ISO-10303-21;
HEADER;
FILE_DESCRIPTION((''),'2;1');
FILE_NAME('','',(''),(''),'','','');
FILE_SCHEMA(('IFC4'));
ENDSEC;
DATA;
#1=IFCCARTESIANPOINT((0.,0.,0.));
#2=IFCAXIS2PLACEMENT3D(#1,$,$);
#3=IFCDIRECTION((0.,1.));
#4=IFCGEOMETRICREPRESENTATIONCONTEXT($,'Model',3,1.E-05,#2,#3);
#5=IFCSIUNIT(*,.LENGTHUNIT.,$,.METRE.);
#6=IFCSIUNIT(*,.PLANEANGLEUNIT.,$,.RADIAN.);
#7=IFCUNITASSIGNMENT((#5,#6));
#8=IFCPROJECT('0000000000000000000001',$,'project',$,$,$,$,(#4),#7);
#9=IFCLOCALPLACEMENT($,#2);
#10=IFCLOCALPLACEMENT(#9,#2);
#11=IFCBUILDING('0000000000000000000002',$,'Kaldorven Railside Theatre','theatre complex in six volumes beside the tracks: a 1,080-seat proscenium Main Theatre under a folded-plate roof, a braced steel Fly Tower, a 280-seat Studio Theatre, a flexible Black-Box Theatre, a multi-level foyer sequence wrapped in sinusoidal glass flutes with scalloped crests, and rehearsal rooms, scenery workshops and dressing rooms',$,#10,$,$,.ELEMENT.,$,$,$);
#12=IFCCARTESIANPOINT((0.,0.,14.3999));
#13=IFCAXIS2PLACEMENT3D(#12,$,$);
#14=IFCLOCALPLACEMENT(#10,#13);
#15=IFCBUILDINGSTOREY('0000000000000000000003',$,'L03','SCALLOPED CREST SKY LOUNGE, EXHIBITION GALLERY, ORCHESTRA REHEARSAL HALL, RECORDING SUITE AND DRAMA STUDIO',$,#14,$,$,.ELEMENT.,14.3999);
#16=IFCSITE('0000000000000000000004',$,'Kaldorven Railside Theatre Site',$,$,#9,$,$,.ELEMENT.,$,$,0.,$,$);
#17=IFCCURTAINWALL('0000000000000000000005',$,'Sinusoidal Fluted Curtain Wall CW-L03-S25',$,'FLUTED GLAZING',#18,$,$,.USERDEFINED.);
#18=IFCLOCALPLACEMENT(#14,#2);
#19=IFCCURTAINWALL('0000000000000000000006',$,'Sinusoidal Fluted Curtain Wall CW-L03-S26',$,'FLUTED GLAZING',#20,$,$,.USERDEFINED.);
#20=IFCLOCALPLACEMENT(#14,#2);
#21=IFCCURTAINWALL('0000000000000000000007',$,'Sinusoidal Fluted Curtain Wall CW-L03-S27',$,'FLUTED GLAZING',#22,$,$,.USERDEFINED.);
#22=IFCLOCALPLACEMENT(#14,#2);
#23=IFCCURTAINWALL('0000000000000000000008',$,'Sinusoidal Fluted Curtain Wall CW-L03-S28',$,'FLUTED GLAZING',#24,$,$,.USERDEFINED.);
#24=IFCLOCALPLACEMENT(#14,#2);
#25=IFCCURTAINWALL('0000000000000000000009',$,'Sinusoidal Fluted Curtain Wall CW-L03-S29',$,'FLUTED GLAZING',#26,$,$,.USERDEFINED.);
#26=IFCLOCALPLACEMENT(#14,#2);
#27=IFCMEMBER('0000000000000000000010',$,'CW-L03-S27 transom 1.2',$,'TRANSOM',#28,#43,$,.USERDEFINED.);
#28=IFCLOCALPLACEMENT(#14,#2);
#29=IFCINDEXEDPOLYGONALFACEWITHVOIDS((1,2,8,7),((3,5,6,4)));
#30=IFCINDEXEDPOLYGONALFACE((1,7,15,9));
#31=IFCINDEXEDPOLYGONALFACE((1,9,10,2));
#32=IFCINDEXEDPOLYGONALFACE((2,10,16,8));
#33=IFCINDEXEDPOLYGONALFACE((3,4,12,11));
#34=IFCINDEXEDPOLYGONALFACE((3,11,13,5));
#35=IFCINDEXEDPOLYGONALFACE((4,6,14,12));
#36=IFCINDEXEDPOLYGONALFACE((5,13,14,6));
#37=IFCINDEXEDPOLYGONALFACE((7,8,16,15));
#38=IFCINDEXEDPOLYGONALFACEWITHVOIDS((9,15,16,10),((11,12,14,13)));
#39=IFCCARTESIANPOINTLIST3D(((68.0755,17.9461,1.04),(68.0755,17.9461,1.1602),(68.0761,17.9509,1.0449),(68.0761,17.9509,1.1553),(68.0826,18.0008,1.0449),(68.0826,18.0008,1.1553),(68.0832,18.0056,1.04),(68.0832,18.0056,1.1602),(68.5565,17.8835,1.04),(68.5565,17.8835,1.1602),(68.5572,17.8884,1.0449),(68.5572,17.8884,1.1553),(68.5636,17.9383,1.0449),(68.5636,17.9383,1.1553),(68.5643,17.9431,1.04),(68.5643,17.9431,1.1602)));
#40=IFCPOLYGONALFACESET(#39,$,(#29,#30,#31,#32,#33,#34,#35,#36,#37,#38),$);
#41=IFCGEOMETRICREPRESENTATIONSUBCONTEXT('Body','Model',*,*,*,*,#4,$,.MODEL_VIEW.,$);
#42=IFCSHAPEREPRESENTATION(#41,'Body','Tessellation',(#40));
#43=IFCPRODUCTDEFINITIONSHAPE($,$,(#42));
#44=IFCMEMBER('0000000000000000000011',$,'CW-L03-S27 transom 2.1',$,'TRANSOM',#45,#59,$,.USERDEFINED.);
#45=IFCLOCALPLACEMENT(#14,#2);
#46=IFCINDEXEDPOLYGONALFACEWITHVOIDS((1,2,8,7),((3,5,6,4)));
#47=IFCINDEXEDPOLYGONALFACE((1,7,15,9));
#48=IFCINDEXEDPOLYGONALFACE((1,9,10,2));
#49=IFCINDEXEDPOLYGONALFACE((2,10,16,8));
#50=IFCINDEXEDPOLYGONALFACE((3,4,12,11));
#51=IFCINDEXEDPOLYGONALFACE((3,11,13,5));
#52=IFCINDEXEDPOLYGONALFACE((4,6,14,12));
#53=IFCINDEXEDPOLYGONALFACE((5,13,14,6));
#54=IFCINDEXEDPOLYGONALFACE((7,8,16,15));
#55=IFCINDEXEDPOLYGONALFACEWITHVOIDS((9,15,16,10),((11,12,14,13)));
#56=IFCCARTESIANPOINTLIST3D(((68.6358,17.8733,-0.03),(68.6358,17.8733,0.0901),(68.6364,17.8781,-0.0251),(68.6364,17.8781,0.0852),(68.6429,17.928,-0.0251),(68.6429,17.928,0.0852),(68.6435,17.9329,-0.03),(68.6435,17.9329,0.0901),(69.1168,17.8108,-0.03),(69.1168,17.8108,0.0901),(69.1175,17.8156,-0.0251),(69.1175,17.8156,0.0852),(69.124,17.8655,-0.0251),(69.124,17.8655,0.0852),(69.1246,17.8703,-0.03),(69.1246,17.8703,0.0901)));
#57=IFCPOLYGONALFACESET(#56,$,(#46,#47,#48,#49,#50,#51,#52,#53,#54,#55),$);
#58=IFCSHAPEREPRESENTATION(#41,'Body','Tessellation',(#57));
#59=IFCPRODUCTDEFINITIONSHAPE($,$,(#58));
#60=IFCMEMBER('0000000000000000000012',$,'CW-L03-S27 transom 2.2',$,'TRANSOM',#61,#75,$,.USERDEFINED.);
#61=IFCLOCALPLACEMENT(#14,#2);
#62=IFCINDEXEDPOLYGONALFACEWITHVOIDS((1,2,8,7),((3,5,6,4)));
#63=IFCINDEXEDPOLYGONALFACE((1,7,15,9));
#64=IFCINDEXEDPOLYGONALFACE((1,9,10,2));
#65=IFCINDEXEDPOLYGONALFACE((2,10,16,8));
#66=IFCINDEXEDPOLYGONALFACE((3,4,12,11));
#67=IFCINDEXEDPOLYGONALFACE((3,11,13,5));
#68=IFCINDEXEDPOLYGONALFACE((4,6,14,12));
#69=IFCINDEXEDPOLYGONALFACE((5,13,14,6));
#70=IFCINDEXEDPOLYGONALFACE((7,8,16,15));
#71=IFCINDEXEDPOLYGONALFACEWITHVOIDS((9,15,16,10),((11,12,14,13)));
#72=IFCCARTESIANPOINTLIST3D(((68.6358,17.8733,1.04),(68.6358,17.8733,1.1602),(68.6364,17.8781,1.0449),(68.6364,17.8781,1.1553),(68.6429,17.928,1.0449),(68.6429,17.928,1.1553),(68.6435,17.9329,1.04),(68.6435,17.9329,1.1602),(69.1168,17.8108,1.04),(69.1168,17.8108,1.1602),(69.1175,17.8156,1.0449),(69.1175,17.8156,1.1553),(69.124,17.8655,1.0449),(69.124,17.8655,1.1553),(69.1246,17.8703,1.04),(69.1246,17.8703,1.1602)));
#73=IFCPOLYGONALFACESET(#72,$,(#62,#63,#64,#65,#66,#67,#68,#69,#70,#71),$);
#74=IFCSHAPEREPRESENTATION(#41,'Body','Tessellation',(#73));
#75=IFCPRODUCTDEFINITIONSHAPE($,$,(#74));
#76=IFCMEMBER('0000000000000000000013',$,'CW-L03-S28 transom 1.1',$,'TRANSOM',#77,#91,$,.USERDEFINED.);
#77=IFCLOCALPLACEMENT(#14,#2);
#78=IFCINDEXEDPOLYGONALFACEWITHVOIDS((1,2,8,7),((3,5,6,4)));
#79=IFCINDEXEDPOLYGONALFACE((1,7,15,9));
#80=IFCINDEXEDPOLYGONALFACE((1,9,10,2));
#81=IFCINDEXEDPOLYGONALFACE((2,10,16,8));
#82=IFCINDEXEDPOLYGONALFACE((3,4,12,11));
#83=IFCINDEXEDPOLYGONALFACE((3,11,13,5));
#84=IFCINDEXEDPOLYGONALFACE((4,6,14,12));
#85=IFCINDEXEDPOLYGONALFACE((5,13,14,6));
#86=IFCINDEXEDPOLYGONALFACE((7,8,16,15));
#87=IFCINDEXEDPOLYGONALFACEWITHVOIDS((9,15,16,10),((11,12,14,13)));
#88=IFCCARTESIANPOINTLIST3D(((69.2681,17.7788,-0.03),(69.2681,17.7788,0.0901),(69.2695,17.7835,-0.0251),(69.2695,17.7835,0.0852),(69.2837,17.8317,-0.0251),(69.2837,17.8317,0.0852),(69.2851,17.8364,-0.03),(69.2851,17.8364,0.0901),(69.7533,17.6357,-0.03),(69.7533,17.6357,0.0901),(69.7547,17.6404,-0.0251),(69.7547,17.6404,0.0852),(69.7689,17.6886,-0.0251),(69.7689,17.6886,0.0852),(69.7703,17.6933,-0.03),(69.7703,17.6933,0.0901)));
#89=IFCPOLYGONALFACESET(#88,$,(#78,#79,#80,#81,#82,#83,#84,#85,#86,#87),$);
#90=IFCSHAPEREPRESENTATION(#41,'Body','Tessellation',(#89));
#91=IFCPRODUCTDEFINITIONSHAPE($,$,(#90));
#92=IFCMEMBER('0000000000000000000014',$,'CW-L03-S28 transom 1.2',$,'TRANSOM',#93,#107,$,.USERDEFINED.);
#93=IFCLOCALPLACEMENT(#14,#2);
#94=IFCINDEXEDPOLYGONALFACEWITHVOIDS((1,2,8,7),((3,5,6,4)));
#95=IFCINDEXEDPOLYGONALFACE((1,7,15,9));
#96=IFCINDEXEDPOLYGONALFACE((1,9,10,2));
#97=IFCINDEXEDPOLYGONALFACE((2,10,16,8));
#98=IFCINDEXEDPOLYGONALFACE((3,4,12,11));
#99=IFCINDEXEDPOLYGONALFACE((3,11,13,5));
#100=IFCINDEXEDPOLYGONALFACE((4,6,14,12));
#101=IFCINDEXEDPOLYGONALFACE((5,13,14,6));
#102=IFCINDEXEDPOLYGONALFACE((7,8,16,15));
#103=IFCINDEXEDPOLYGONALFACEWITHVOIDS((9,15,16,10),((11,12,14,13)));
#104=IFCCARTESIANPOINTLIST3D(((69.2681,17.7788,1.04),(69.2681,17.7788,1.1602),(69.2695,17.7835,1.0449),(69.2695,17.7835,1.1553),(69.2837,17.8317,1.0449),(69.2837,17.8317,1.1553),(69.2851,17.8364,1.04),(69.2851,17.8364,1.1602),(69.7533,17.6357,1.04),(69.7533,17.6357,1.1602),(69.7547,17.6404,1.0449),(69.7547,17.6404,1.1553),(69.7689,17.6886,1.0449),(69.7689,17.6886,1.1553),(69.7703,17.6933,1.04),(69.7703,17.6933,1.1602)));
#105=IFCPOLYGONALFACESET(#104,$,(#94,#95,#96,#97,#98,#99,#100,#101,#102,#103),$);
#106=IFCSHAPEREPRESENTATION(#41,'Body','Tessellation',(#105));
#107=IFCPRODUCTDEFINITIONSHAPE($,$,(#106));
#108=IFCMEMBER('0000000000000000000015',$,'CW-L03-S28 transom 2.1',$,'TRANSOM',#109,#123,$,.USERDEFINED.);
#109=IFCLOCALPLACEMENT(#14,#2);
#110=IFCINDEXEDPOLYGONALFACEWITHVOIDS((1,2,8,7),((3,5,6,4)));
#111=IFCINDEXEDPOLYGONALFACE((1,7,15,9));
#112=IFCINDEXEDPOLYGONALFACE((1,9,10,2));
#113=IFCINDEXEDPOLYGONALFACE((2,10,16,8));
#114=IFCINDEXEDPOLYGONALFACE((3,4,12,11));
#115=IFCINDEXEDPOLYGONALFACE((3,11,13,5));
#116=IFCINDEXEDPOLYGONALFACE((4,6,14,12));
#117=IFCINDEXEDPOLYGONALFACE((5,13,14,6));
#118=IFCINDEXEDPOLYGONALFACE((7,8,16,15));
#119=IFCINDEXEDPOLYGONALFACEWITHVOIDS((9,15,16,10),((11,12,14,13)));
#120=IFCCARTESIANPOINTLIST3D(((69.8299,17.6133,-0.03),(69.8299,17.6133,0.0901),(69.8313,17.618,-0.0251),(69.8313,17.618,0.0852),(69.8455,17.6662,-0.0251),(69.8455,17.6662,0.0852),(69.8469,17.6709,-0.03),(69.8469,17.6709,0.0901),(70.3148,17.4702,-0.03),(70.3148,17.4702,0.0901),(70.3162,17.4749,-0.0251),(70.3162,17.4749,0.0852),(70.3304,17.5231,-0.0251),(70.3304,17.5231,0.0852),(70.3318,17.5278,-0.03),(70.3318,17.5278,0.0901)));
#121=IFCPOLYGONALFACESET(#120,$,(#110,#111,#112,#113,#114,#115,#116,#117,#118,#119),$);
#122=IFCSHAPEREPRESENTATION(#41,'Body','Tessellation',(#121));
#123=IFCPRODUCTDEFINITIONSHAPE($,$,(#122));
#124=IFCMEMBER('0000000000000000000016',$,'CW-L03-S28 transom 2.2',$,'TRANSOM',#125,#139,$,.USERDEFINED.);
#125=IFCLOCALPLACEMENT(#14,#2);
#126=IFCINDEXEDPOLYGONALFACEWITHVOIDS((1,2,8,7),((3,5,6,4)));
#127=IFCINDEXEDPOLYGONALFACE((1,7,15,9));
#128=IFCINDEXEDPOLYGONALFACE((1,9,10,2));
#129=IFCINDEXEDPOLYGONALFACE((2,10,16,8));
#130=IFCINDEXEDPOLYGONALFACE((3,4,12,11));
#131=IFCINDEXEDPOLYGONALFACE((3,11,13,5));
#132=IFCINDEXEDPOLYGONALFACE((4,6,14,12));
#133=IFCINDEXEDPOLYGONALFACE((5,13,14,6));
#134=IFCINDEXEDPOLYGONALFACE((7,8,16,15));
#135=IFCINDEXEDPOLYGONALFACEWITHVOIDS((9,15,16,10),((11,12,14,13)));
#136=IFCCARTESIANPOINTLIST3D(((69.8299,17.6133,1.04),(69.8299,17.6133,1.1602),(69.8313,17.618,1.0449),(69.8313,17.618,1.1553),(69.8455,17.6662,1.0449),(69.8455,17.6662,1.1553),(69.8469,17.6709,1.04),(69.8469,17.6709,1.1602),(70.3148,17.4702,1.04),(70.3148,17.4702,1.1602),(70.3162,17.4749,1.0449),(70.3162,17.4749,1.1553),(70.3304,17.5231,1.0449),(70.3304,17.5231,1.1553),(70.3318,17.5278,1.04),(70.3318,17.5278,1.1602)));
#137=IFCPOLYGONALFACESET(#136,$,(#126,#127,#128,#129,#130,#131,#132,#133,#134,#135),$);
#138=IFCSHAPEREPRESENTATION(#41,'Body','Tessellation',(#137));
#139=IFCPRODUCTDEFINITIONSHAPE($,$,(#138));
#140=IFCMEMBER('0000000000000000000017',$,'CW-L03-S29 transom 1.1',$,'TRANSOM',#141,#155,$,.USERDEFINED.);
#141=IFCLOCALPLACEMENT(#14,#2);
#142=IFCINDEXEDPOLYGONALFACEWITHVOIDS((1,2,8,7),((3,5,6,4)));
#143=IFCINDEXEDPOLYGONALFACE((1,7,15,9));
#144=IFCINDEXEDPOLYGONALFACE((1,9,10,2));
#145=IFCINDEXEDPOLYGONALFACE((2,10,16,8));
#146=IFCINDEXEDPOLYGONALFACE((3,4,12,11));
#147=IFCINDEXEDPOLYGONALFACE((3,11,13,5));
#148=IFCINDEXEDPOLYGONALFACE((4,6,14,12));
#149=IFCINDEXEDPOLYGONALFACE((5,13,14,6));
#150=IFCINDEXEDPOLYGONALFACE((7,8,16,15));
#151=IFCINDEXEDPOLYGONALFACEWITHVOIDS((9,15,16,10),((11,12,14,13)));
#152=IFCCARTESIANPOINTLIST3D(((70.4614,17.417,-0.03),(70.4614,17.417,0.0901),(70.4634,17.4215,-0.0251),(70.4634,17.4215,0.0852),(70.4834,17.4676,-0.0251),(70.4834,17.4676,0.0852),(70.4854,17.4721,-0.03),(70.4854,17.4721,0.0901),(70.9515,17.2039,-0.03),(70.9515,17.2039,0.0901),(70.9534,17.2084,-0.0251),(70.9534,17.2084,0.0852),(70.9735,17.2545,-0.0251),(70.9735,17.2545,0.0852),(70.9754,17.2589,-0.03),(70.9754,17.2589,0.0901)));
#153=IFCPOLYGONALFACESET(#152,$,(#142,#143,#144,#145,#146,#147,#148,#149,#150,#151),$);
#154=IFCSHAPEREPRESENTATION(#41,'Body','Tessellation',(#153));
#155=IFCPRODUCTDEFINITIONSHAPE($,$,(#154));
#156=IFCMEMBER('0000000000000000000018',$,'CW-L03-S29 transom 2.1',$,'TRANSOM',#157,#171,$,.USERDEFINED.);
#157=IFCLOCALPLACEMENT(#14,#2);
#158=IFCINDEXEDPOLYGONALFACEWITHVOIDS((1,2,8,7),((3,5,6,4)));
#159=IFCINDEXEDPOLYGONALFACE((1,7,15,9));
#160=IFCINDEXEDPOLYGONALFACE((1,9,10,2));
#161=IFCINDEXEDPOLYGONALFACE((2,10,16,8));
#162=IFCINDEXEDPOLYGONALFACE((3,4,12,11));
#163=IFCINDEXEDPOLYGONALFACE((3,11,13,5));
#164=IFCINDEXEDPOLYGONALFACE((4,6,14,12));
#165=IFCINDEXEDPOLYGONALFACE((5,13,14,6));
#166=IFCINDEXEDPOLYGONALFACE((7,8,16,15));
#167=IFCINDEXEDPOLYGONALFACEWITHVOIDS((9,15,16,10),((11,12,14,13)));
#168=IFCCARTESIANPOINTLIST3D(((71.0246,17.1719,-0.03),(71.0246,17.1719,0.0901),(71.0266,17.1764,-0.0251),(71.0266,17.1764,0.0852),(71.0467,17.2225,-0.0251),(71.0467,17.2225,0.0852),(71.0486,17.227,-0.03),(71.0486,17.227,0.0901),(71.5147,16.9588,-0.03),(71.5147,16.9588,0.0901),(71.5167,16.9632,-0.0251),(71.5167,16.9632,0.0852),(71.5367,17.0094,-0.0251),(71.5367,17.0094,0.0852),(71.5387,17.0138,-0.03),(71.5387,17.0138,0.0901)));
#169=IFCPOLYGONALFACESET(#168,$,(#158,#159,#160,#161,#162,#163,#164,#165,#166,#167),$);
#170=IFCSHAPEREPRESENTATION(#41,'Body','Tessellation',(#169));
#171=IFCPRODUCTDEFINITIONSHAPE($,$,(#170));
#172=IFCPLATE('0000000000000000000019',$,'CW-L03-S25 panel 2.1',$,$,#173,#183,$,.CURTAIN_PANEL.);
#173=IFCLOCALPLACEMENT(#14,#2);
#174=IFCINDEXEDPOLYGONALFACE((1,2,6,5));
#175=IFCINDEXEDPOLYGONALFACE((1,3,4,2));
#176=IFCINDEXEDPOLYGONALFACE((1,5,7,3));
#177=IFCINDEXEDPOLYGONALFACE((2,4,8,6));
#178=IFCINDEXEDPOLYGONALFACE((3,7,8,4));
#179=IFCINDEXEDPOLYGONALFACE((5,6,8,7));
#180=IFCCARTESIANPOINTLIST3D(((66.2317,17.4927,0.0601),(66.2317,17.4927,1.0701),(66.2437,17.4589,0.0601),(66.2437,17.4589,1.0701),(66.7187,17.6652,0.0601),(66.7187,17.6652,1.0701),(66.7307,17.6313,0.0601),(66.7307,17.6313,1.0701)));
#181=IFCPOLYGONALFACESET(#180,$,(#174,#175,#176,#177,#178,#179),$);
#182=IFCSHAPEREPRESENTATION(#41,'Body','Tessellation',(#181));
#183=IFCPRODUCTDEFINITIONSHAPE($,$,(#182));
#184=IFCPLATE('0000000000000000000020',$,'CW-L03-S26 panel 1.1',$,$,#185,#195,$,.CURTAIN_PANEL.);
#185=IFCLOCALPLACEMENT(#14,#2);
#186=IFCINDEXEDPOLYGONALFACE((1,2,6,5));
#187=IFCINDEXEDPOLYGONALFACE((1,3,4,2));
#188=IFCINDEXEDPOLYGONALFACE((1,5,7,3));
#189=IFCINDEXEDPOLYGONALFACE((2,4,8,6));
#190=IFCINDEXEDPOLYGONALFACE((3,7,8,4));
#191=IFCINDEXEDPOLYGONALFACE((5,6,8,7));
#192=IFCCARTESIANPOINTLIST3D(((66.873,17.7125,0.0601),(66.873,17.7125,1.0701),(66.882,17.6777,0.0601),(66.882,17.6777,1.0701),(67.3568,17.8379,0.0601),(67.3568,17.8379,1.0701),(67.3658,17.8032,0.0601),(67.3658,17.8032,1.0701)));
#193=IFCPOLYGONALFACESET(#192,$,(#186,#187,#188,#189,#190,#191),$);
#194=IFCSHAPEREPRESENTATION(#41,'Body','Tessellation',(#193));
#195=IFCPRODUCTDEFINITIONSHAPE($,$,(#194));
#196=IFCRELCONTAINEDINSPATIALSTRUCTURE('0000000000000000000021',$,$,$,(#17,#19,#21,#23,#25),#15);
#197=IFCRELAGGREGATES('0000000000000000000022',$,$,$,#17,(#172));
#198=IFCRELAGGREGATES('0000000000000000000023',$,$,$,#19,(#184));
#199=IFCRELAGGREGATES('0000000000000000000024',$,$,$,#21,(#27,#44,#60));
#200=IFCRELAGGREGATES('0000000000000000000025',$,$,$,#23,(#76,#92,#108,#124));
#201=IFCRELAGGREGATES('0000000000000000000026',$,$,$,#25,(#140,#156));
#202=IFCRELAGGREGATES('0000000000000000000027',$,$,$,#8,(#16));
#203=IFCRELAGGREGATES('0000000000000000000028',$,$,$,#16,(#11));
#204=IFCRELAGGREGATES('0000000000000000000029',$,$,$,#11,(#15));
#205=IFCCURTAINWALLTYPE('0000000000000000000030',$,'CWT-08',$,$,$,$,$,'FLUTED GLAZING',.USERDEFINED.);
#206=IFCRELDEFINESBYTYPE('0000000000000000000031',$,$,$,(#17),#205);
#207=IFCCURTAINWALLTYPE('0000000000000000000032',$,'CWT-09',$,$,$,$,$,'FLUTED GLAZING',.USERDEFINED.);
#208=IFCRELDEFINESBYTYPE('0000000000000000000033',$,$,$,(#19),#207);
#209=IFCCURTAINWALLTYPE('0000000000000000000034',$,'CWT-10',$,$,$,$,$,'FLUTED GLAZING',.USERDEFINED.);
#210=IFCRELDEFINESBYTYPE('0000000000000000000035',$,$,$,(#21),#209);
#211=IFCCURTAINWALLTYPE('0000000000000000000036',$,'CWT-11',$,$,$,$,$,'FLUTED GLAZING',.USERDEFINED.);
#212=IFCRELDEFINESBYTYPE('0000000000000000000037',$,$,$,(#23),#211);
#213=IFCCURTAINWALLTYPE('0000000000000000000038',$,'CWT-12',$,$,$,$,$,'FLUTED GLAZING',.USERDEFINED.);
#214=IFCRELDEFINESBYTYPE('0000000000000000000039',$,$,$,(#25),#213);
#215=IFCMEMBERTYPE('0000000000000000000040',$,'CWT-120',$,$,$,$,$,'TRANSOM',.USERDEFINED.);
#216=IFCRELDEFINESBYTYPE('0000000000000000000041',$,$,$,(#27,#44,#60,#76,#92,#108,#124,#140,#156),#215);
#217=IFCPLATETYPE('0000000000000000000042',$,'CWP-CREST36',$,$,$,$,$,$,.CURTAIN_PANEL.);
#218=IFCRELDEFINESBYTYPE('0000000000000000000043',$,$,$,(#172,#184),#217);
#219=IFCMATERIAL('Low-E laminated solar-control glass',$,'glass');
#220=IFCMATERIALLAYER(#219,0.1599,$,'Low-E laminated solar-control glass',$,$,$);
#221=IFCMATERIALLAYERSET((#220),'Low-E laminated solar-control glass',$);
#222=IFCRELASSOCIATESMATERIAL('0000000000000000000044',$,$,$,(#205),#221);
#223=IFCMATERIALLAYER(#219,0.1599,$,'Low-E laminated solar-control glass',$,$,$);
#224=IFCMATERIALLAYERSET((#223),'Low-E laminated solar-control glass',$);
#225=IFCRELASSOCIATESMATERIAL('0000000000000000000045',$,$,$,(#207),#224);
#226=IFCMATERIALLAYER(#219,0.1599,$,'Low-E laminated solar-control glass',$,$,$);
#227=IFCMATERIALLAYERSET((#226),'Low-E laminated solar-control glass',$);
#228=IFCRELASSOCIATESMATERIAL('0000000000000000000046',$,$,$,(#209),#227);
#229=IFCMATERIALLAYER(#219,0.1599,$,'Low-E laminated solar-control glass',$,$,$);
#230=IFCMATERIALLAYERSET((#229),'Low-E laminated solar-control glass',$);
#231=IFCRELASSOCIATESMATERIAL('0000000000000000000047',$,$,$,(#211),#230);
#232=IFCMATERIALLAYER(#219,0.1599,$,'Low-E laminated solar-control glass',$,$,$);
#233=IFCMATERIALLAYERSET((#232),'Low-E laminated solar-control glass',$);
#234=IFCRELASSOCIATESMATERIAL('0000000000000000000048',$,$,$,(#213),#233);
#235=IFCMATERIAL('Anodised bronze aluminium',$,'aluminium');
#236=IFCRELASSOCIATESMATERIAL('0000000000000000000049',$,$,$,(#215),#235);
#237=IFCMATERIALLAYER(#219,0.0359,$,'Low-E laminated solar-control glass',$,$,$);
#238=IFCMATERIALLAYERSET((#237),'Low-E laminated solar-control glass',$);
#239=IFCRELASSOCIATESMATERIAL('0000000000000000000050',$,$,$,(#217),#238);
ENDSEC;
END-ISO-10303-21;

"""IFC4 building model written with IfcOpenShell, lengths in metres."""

from ifc_helpers import new_model, si_unit, direction, frame, origin, origin_2d, place, context, subcontext, project, spatial, rectangle, hollow_rectangle, extrude, material, layer, layer_set, material_profile, profile_set, type_object, element, aggregate, save


model = new_model("IFC4")

# Units and contexts
model_context = context("Model", 3, precision=1e-05, world=origin(), true_north=direction((0.0, 1.0)))
body_context = subcontext(model_context, "Body", "Model", "MODEL_VIEW")
ifc_project = project(units=[si_unit("LENGTHUNIT", "METRE"), si_unit("PLANEANGLEUNIT", "RADIAN")], contexts=[model_context])

# Site, building, storey
site_placement = place(None, origin())
site = spatial("IfcSite", under=ifc_project, at=site_placement, Name="Kaldorven Railside Theatre Site", CompositionType="ELEMENT", RefElevation=0.0)
building_placement = place(site_placement, origin())
building = spatial("IfcBuilding", under=site, at=building_placement, Name="Kaldorven Railside Theatre", Description="theatre complex in six volumes beside the tracks: a 1,080-seat proscenium Main Theatre under a folded-plate roof, a braced steel Fly Tower, a 280-seat Studio Theatre, a flexible Black-Box Theatre, a multi-level foyer sequence wrapped in sinusoidal glass flutes with scalloped crests, and rehearsal rooms, scenery workshops and dressing rooms", CompositionType="ELEMENT")
storey_placement = place(building_placement, frame((0.0, 0.0, 14.3999)))
storey = spatial("IfcBuildingStorey", under=building, at=storey_placement, Name="L03", Description="SCALLOPED CREST SKY LOUNGE, EXHIBITION GALLERY, ORCHESTRA REHEARSAL HALL, RECORDING SUITE AND DRAMA STUDIO", CompositionType="ELEMENT", Elevation=14.3999)

# Curtain walls
ifc_material_1 = material(Name="Low-E laminated solar-control glass", Category="glass")
ifc_layer_1 = layer(ifc_material_1, 0.1599, Name="Low-E laminated solar-control glass")
ifc_layer_set_1 = layer_set([ifc_layer_1], Name="Low-E laminated solar-control glass")
curtain_wall_type_1 = type_object("IfcCurtainWallType", Name="CWT-08", ElementType="FLUTED GLAZING", PredefinedType="USERDEFINED", material=ifc_layer_set_1)
curtain_wall_1_placement = place(storey_placement, origin())
curtain_wall_1 = element("IfcCurtainWall", 1, at=curtain_wall_1_placement, inside=storey, type_object=curtain_wall_type_1, Name="Sinusoidal Fluted Curtain Wall CW-L03-S25", ObjectType="FLUTED GLAZING", PredefinedType="USERDEFINED")
ifc_material_2 = material(Name="Anodised bronze aluminium", Category="aluminium")
ifc_layer_2 = layer(ifc_material_1, 0.1599, Name="Low-E laminated solar-control glass")
ifc_layer_set_2 = layer_set([ifc_layer_2], Name="Low-E laminated solar-control glass")
curtain_wall_type_2 = type_object("IfcCurtainWallType", Name="CWT-09", ElementType="FLUTED GLAZING", PredefinedType="USERDEFINED", material=ifc_layer_set_2)
curtain_wall_2_placement = place(storey_placement, origin())
curtain_wall_2 = element("IfcCurtainWall", 2, at=curtain_wall_2_placement, inside=storey, type_object=curtain_wall_type_2, Name="Sinusoidal Fluted Curtain Wall CW-L03-S26", ObjectType="FLUTED GLAZING", PredefinedType="USERDEFINED")
ifc_layer_3 = layer(ifc_material_1, 0.1599, Name="Low-E laminated solar-control glass")
ifc_layer_set_3 = layer_set([ifc_layer_3], Name="Low-E laminated solar-control glass")
curtain_wall_type_3 = type_object("IfcCurtainWallType", Name="CWT-10", ElementType="FLUTED GLAZING", PredefinedType="USERDEFINED", material=ifc_layer_set_3)
curtain_wall_3_placement = place(storey_placement, origin())
curtain_wall_3 = element("IfcCurtainWall", 3, at=curtain_wall_3_placement, inside=storey, type_object=curtain_wall_type_3, Name="Sinusoidal Fluted Curtain Wall CW-L03-S27", ObjectType="FLUTED GLAZING", PredefinedType="USERDEFINED")
ifc_layer_4 = layer(ifc_material_1, 0.1599, Name="Low-E laminated solar-control glass")
ifc_layer_set_4 = layer_set([ifc_layer_4], Name="Low-E laminated solar-control glass")
curtain_wall_type_4 = type_object("IfcCurtainWallType", Name="CWT-11", ElementType="FLUTED GLAZING", PredefinedType="USERDEFINED", material=ifc_layer_set_4)
curtain_wall_4_placement = place(storey_placement, origin())
curtain_wall_4 = element("IfcCurtainWall", 4, at=curtain_wall_4_placement, inside=storey, type_object=curtain_wall_type_4, Name="Sinusoidal Fluted Curtain Wall CW-L03-S28", ObjectType="FLUTED GLAZING", PredefinedType="USERDEFINED")
ifc_layer_5 = layer(ifc_material_1, 0.1599, Name="Low-E laminated solar-control glass")
ifc_layer_set_5 = layer_set([ifc_layer_5], Name="Low-E laminated solar-control glass")
curtain_wall_type_5 = type_object("IfcCurtainWallType", Name="CWT-12", ElementType="FLUTED GLAZING", PredefinedType="USERDEFINED", material=ifc_layer_set_5)
curtain_wall_5_placement = place(storey_placement, origin())
curtain_wall_5 = element("IfcCurtainWall", 5, at=curtain_wall_5_placement, inside=storey, type_object=curtain_wall_type_5, Name="Sinusoidal Fluted Curtain Wall CW-L03-S29", ObjectType="FLUTED GLAZING", PredefinedType="USERDEFINED")

# Members
ifc_material_profile_1 = material_profile(ifc_material_2, hollow_rectangle(XDim=0.0601, YDim=0.1201, WallThickness=0.0049, at=origin_2d()), Name="RHS 120x60x5")
ifc_profile_set_1 = profile_set([ifc_material_profile_1], Name="Anodised bronze aluminium")
member_type_1 = type_object("IfcMemberType", Name="CWT-120", ElementType="TRANSOM", PredefinedType="USERDEFINED", material=ifc_profile_set_1)
member_1_placement = place(storey_placement, frame((68.0793, 17.9758, 1.1001), z_axis=(0.991662, -0.128866, 0.0), x_axis=(0.128866, 0.991662, 0.0)))
member_1 = element("IfcMember", 6, at=member_1_placement, type_object=member_type_1, Name="CW-L03-S27 transom 1.2", ObjectType="TRANSOM", PredefinedType="USERDEFINED", context=body_context, shape_type="SweptSolid", body=[
    extrude(hollow_rectangle(XDim=0.0601, YDim=0.1201, WallThickness=0.0049, at=origin_2d()), origin(), (0.0, 0.0, 1.0), 0.4851),
])
member_2_placement = place(storey_placement, frame((68.6396, 17.9031, 0.03), z_axis=(0.991662, -0.128866, 0.0), x_axis=(0.128866, 0.991662, 0.0)))
member_2 = element("IfcMember", 7, at=member_2_placement, type_object=member_type_1, Name="CW-L03-S27 transom 2.1", ObjectType="TRANSOM", PredefinedType="USERDEFINED", context=body_context, shape_type="SweptSolid", body=[
    extrude(hollow_rectangle(XDim=0.0601, YDim=0.1201, WallThickness=0.0049, at=origin_2d()), origin(), (0.0, 0.0, 1.0), 0.4851),
])
member_3_placement = place(storey_placement, frame((68.6396, 17.9031, 1.1001), z_axis=(0.991662, -0.128866, 0.0), x_axis=(0.128866, 0.991662, 0.0)))
member_3 = element("IfcMember", 8, at=member_3_placement, type_object=member_type_1, Name="CW-L03-S27 transom 2.2", ObjectType="TRANSOM", PredefinedType="USERDEFINED", context=body_context, shape_type="SweptSolid", body=[
    extrude(hollow_rectangle(XDim=0.0601, YDim=0.1201, WallThickness=0.0049, at=origin_2d()), origin(), (0.0, 0.0, 1.0), 0.4851),
])
member_4_placement = place(storey_placement, frame((69.2766, 17.8076, 0.03), z_axis=(0.959158, -0.282872, 0.0), x_axis=(0.282872, 0.959158, 0.0)))
member_4 = element("IfcMember", 9, at=member_4_placement, type_object=member_type_1, Name="CW-L03-S28 transom 1.1", ObjectType="TRANSOM", PredefinedType="USERDEFINED", context=body_context, shape_type="SweptSolid", body=[
    extrude(hollow_rectangle(XDim=0.0601, YDim=0.1201, WallThickness=0.0049, at=origin_2d()), origin(), (0.0, 0.0, 1.0), 0.5059),
])
member_5_placement = place(storey_placement, frame((69.2766, 17.8076, 1.1001), z_axis=(0.959158, -0.282872, 0.0), x_axis=(0.282872, 0.959158, 0.0)))
member_5 = element("IfcMember", 10, at=member_5_placement, type_object=member_type_1, Name="CW-L03-S28 transom 1.2", ObjectType="TRANSOM", PredefinedType="USERDEFINED", context=body_context, shape_type="SweptSolid", body=[
    extrude(hollow_rectangle(XDim=0.0601, YDim=0.1201, WallThickness=0.0049, at=origin_2d()), origin(), (0.0, 0.0, 1.0), 0.5059),
])
member_6_placement = place(storey_placement, frame((69.8384, 17.6421, 0.03), z_axis=(0.959119, -0.283003, 0.0), x_axis=(0.283003, 0.959119, 0.0)))
member_6 = element("IfcMember", 11, at=member_6_placement, type_object=member_type_1, Name="CW-L03-S28 transom 2.1", ObjectType="TRANSOM", PredefinedType="USERDEFINED", context=body_context, shape_type="SweptSolid", body=[
    extrude(hollow_rectangle(XDim=0.0601, YDim=0.1201, WallThickness=0.0049, at=origin_2d()), origin(), (0.0, 0.0, 1.0), 0.5056),
])
member_7_placement = place(storey_placement, frame((69.8384, 17.6421, 1.1001), z_axis=(0.959119, -0.283003, 0.0), x_axis=(0.283003, 0.959119, 0.0)))
member_7 = element("IfcMember", 12, at=member_7_placement, type_object=member_type_1, Name="CW-L03-S28 transom 2.2", ObjectType="TRANSOM", PredefinedType="USERDEFINED", context=body_context, shape_type="SweptSolid", body=[
    extrude(hollow_rectangle(XDim=0.0601, YDim=0.1201, WallThickness=0.0049, at=origin_2d()), origin(), (0.0, 0.0, 1.0), 0.5056),
])
member_8_placement = place(storey_placement, frame((70.4734, 17.4446, 0.03), z_axis=(0.917005, -0.398876, 0.0), x_axis=(0.398876, 0.917005, 0.0)))
member_8 = element("IfcMember", 13, at=member_8_placement, type_object=member_type_1, Name="CW-L03-S29 transom 1.1", ObjectType="TRANSOM", PredefinedType="USERDEFINED", context=body_context, shape_type="SweptSolid", body=[
    extrude(hollow_rectangle(XDim=0.0601, YDim=0.1201, WallThickness=0.0049, at=origin_2d()), origin(), (0.0, 0.0, 1.0), 0.5344),
])
member_9_placement = place(storey_placement, frame((71.0366, 17.1995, 0.03), z_axis=(0.917005, -0.398876, 0.0), x_axis=(0.398876, 0.917005, 0.0)))
member_9 = element("IfcMember", 14, at=member_9_placement, type_object=member_type_1, Name="CW-L03-S29 transom 2.1", ObjectType="TRANSOM", PredefinedType="USERDEFINED", context=body_context, shape_type="SweptSolid", body=[
    extrude(hollow_rectangle(XDim=0.0601, YDim=0.1201, WallThickness=0.0049, at=origin_2d()), origin(), (0.0, 0.0, 1.0), 0.5344),
])

# Plates
ifc_layer_6 = layer(ifc_material_1, 0.0359, Name="Low-E laminated solar-control glass")
ifc_layer_set_6 = layer_set([ifc_layer_6], Name="Low-E laminated solar-control glass")
plate_type = type_object("IfcPlateType", Name="CWP-CREST36", PredefinedType="CURTAIN_PANEL", material=ifc_layer_set_6)
plate_1_placement = place(storey_placement, frame((66.4812, 17.562, 0.0601), z_axis=(0.0, 0.0, 1.0), x_axis=(0.942627, 0.333847, 0.0)))
plate_1 = element("IfcPlate", 15, at=plate_1_placement, type_object=plate_type, Name="CW-L03-S25 panel 2.1", PredefinedType="CURTAIN_PANEL", context=body_context, shape_type="SweptSolid", body=[
    extrude(rectangle(XDim=0.5166, YDim=0.0359, at=origin_2d()), origin(), (0.0, 0.0, 1.0), 1.01),
])
aggregate(curtain_wall_1, [plate_1])
plate_2_placement = place(storey_placement, frame((67.1194, 17.7578, 0.0601), z_axis=(0.0, 0.0, 1.0), x_axis=(0.967999, 0.250954, 0.0)))
plate_2 = element("IfcPlate", 16, at=plate_2_placement, type_object=plate_type, Name="CW-L03-S26 panel 1.1", PredefinedType="CURTAIN_PANEL", context=body_context, shape_type="SweptSolid", body=[
    extrude(rectangle(XDim=0.4998, YDim=0.0359, at=origin_2d()), origin(), (0.0, 0.0, 1.0), 1.01),
])
aggregate(curtain_wall_2, [plate_2])
aggregate(curtain_wall_3, [member_1, member_2, member_3])
aggregate(curtain_wall_4, [member_4, member_5, member_6, member_7])
aggregate(curtain_wall_5, [member_8, member_9])

save(model, "model.ifc")
